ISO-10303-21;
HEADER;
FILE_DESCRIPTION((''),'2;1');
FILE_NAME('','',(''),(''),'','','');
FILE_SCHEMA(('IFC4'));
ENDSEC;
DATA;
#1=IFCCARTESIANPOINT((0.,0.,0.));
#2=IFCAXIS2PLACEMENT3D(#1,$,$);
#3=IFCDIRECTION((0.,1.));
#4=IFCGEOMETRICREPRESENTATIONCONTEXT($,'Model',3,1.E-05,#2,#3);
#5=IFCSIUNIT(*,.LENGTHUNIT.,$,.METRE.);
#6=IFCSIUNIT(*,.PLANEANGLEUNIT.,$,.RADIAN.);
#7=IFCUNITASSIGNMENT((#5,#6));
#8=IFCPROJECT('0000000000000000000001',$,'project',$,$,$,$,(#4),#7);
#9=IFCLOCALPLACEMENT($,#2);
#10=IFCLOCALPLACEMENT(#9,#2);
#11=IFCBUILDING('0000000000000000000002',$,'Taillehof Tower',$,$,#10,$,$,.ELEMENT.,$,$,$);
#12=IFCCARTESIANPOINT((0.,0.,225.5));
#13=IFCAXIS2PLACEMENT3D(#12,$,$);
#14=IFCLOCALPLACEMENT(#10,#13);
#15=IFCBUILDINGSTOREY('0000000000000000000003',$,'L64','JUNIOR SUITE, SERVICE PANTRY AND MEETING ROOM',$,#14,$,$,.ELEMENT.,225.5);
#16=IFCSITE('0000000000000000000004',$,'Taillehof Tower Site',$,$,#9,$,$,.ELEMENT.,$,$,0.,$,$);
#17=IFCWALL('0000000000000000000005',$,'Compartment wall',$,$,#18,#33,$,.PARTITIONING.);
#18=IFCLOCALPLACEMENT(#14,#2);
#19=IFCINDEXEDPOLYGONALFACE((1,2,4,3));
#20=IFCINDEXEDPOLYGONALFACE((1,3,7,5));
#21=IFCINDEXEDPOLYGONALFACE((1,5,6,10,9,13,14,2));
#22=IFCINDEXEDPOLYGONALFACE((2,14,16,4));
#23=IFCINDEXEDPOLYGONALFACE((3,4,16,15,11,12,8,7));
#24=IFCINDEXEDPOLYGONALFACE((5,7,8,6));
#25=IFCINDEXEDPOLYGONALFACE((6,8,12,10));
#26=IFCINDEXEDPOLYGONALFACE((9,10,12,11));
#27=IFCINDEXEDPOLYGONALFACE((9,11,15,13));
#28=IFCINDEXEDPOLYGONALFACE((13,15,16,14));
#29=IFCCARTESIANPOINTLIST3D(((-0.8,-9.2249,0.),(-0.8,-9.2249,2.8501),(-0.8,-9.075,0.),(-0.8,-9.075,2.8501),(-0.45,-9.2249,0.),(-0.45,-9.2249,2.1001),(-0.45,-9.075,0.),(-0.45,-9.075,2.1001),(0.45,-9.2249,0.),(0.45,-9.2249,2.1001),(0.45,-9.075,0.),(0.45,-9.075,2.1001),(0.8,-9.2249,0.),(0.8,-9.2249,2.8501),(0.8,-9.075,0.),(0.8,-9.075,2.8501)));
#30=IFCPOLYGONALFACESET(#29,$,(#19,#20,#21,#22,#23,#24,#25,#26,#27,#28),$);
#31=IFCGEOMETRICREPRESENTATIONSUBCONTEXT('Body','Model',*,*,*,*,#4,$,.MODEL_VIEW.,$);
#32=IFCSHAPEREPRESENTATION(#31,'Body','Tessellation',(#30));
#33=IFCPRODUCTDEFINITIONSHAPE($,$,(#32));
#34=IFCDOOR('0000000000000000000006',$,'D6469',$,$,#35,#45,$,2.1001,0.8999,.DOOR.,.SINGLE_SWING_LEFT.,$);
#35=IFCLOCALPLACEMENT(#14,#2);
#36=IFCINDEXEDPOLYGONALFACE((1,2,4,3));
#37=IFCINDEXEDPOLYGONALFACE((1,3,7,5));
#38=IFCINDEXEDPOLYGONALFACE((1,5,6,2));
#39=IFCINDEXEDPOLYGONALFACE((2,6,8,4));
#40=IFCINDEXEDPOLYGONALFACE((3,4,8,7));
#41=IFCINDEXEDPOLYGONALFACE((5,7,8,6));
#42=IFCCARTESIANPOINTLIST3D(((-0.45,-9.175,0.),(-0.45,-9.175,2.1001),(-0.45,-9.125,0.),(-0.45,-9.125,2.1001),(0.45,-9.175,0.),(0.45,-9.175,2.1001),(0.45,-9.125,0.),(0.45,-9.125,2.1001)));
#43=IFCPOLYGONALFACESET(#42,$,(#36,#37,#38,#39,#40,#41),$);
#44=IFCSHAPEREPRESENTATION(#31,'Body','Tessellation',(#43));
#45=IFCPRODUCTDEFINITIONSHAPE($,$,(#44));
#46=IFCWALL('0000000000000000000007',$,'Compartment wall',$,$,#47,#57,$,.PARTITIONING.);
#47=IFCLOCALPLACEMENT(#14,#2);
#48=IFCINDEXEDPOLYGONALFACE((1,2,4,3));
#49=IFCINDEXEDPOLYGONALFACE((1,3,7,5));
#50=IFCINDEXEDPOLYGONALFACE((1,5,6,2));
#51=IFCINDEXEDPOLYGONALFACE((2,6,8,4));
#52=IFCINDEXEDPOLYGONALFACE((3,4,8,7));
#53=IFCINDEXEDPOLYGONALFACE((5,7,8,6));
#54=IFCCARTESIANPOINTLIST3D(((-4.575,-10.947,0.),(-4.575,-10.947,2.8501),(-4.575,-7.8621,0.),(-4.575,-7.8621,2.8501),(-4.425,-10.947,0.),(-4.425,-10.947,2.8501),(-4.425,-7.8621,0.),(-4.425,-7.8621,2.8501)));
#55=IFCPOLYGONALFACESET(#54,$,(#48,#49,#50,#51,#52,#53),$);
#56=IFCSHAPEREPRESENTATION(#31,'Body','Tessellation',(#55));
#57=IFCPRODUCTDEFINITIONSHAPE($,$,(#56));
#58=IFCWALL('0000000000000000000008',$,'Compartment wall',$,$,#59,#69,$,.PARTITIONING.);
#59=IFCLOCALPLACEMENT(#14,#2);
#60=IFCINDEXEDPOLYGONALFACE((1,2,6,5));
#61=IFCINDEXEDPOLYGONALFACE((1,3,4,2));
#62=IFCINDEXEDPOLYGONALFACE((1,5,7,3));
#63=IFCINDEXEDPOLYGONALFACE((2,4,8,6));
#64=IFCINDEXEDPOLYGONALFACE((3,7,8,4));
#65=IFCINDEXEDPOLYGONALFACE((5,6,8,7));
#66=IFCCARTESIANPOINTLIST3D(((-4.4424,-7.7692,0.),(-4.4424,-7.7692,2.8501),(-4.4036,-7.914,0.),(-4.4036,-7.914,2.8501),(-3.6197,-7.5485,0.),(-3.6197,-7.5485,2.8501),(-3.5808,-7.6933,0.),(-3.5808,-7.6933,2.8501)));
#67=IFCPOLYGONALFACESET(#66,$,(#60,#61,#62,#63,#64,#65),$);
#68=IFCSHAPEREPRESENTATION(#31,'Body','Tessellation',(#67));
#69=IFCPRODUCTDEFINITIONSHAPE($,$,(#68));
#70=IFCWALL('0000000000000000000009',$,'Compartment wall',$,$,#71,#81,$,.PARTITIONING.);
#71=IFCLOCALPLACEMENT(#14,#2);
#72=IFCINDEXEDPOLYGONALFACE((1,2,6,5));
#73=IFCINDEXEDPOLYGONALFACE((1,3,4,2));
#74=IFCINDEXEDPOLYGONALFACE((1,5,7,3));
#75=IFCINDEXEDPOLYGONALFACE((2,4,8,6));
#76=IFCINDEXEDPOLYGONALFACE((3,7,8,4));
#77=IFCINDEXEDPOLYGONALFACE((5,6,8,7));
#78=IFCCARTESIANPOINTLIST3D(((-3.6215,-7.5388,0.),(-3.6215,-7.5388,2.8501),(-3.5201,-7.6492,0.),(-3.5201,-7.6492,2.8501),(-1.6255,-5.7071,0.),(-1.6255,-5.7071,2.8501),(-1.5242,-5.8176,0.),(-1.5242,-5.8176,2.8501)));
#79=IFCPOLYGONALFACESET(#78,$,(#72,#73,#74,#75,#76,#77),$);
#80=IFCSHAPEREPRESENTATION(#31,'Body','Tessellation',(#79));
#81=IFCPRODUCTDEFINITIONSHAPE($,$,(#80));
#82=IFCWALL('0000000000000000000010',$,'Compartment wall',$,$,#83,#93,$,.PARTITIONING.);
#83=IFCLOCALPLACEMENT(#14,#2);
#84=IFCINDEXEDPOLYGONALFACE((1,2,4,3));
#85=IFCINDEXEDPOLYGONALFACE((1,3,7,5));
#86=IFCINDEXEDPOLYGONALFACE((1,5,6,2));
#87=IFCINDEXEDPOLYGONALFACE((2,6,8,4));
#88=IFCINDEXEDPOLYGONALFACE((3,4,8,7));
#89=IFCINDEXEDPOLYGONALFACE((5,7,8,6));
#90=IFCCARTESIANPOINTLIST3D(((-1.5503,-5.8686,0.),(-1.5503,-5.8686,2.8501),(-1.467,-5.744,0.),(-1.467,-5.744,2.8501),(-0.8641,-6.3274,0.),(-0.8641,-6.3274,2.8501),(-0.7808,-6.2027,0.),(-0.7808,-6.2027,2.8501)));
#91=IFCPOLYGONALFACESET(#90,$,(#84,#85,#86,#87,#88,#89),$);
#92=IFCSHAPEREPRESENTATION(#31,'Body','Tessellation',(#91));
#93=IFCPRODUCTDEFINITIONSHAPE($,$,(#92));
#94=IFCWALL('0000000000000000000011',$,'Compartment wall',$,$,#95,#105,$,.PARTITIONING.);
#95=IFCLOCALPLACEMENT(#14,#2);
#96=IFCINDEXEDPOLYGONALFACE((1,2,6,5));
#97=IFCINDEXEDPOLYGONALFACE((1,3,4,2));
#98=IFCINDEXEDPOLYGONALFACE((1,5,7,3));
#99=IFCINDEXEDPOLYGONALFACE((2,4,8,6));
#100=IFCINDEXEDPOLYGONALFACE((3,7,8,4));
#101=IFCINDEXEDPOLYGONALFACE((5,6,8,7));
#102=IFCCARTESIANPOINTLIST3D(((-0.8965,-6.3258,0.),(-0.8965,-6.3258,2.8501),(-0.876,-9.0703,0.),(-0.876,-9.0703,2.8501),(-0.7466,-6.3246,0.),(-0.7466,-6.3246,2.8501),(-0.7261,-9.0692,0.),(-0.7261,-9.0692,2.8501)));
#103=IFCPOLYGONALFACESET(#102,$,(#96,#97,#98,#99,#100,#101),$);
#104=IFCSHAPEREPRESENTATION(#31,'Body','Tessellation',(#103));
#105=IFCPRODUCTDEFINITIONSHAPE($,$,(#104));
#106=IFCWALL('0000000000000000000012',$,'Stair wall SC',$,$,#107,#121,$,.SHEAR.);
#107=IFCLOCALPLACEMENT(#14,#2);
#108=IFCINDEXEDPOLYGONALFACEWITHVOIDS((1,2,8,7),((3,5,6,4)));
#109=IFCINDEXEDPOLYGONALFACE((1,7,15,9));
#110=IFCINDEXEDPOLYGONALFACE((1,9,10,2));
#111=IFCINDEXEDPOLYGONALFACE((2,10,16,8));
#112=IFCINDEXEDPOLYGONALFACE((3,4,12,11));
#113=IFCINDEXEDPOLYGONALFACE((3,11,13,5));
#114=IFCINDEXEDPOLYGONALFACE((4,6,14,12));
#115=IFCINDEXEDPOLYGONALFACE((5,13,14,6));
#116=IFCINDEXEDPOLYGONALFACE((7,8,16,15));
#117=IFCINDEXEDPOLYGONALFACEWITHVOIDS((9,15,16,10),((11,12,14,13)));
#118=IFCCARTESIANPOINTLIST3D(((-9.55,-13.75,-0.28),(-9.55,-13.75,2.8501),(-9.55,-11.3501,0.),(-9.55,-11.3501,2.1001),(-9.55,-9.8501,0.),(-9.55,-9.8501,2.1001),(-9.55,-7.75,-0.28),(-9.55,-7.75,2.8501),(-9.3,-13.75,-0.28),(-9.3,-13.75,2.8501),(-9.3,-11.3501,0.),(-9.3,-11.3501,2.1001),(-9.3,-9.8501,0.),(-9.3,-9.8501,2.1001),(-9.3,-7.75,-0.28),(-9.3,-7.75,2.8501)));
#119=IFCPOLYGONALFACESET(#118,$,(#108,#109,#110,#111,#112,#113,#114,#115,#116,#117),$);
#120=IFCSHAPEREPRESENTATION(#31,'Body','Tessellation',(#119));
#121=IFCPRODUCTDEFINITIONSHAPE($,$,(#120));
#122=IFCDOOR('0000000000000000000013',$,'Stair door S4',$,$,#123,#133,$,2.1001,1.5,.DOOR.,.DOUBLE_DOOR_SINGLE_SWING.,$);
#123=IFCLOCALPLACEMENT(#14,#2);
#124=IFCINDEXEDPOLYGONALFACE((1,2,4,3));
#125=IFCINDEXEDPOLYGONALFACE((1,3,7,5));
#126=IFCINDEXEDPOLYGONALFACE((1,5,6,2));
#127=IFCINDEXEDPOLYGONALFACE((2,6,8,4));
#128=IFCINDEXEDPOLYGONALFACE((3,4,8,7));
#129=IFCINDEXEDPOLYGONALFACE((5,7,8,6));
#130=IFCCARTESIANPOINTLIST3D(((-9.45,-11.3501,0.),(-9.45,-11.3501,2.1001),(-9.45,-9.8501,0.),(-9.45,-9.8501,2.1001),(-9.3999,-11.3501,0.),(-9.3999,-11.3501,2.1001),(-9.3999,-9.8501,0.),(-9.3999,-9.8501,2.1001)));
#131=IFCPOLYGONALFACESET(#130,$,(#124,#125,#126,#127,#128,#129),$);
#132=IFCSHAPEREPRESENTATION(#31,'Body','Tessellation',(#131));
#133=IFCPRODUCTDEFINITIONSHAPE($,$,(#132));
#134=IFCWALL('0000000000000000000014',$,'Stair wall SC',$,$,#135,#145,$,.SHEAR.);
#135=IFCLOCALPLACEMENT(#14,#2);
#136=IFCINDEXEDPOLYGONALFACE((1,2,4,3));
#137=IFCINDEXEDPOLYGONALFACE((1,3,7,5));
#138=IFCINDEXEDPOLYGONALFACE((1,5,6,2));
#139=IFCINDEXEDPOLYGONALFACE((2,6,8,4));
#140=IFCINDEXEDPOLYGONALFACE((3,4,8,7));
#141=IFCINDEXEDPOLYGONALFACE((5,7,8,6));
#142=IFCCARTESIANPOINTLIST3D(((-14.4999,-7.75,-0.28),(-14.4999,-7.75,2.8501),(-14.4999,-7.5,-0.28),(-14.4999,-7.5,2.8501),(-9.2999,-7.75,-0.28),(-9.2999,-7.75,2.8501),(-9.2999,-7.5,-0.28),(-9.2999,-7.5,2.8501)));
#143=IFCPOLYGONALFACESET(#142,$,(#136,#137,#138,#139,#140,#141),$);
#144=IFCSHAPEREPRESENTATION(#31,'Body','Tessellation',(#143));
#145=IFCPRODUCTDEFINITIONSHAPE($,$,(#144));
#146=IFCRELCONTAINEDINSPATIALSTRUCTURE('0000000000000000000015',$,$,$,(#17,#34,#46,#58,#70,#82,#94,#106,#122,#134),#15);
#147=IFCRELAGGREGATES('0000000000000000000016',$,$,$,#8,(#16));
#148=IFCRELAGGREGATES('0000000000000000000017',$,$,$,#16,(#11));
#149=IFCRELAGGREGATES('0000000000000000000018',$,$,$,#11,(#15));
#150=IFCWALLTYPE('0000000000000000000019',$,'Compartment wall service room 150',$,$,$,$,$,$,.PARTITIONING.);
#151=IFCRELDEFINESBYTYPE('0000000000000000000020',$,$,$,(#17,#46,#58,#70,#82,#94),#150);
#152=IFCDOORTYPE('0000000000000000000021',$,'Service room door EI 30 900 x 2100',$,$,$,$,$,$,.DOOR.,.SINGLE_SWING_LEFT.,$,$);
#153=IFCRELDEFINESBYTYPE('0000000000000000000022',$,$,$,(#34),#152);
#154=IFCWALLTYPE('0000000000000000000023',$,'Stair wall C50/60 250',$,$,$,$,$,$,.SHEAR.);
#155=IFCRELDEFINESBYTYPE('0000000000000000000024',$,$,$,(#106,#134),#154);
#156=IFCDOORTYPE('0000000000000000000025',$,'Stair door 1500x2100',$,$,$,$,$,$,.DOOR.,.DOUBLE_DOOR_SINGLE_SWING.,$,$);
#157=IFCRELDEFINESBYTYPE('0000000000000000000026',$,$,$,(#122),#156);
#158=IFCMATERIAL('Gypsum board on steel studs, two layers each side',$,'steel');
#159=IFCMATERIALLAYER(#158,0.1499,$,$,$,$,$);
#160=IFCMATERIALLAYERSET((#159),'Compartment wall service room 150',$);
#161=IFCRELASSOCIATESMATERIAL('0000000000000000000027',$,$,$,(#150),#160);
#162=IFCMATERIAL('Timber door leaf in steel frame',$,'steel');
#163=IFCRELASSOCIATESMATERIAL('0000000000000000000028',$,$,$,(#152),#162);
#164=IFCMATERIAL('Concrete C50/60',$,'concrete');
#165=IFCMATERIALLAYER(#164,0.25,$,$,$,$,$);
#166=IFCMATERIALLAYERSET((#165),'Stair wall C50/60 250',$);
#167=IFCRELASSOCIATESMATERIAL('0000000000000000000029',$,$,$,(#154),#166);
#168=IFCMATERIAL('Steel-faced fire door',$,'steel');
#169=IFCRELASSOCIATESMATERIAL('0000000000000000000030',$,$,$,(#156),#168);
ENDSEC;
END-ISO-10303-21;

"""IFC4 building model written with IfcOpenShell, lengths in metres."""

from ifc_helpers import new_model, si_unit, direction, frame, frame_2d, origin, place, context, subcontext, project, spatial, rectangle, extrude, material, layer, layer_set, type_object, element, fill, save


model = new_model("IFC4")

# Units and contexts
model_context = context("Model", 3, precision=1e-05, world=origin(), true_north=direction((0.0, 1.0)))
body_context = subcontext(model_context, "Body", "Model", "MODEL_VIEW")
ifc_project = project(units=[si_unit("LENGTHUNIT", "METRE"), si_unit("PLANEANGLEUNIT", "RADIAN")], contexts=[model_context])

# Site, building, storey
site_placement = place(None, origin())
site = spatial("IfcSite", under=ifc_project, at=site_placement, Name="Taillehof Tower Site", CompositionType="ELEMENT", RefElevation=0.0)
building_placement = place(site_placement, origin())
building = spatial("IfcBuilding", under=site, at=building_placement, Name="Taillehof Tower", CompositionType="ELEMENT")
storey_placement = place(building_placement, frame((0.0, 0.0, 225.5)))
storey = spatial("IfcBuildingStorey", under=building, at=storey_placement, Name="L64", Description="JUNIOR SUITE, SERVICE PANTRY AND MEETING ROOM", CompositionType="ELEMENT", Elevation=225.5)

# Wall, opening, door
ifc_material_1 = material(Name="Gypsum board on steel studs, two layers each side", Category="steel")
ifc_layer_1 = layer(ifc_material_1, 0.1499)
ifc_layer_set_1 = layer_set([ifc_layer_1], Name="Compartment wall service room 150")
wall_type_1 = type_object("IfcWallType", Name="Compartment wall service room 150", PredefinedType="PARTITIONING", material=ifc_layer_set_1)
wall_1_placement = place(storey_placement, frame((-0.8, -9.1499, 0.0), z_axis=(0.0, 0.0, 1.0), x_axis=(1.0, 0.0, 0.0)))
wall_1 = element("IfcWall", 1, at=wall_1_placement, inside=storey, type_object=wall_type_1, Name="Compartment wall", PredefinedType="PARTITIONING", context=body_context, shape_type="SweptSolid", body=[
    extrude(rectangle(XDim=1.6001, YDim=0.1499, at=frame_2d((0.8, 0.0))), origin(), (0.0, 0.0, 1.0), 2.8501),
])
opening_1_placement = place(wall_1_placement, frame((0.3501, 0.0, 0.0)))
opening_1 = element("IfcOpeningElement", 2, at=opening_1_placement, cuts=wall_1, PredefinedType="OPENING", context=body_context, shape_type="SweptSolid", body=[
    extrude(rectangle(XDim=0.8999, YDim=2.1001, at=frame_2d((0.45, 1.05))), frame((0.0, 0.085, 0.0), z_axis=(0.0, -1.0, 0.0), x_axis=(1.0, 0.0, 0.0)), (0.0, 0.0, 1.0), 0.1699),
])
ifc_material_2 = material(Name="Timber door leaf in steel frame", Category="steel")
door_type_1 = type_object("IfcDoorType", Name="Service room door EI 30 900 x 2100", OperationType="SINGLE_SWING_LEFT", PredefinedType="DOOR", material=ifc_material_2)
door_1_placement = place(opening_1_placement, origin())
door_1 = element("IfcDoor", 3, at=door_1_placement, inside=storey, type_object=door_type_1, Name="D6469", OperationType="SINGLE_SWING_LEFT", OverallHeight=2.1001, OverallWidth=0.8999, PredefinedType="DOOR", context=body_context, shape_type="SweptSolid", body=[
    extrude(rectangle(XDim=0.8999, YDim=2.1001, at=frame_2d((0.45, 1.05))), frame((0.0, 0.0249, 0.0), z_axis=(0.0, -1.0, 0.0), x_axis=(1.0, 0.0, 0.0)), (0.0, 0.0, 1.0), 0.05),
])
fill(opening_1, door_1)

# Walls
wall_2_placement = place(storey_placement, frame((-4.5, -10.947, 0.0), z_axis=(0.0, 0.0, 1.0), x_axis=(0.0, 1.0, 0.0)))
element("IfcWall", 4, at=wall_2_placement, inside=storey, type_object=wall_type_1, Name="Compartment wall", PredefinedType="PARTITIONING", context=body_context, shape_type="SweptSolid", body=[
    extrude(rectangle(XDim=3.085, YDim=0.1499, at=frame_2d((1.5425, 0.0))), origin(), (0.0, 0.0, 1.0), 2.8501),
])
wall_3_placement = place(storey_placement, frame((-4.4229, -7.8416, 0.0), z_axis=(0.0, 0.0, 1.0), x_axis=(0.965853, 0.259089, 0.0)))
element("IfcWall", 5, at=wall_3_placement, inside=storey, type_object=wall_type_1, Name="Compartment wall", PredefinedType="PARTITIONING", context=body_context, shape_type="SweptSolid", body=[
    extrude(rectangle(XDim=0.8518, YDim=0.1499, at=frame_2d((0.4258, 0.0))), origin(), (0.0, 0.0, 1.0), 2.8501),
])
wall_4_placement = place(storey_placement, frame((-3.5708, -7.594, 0.0), z_axis=(0.0, 0.0, 1.0), x_axis=(0.736784, 0.676129, 0.0)))
element("IfcWall", 6, at=wall_4_placement, inside=storey, type_object=wall_type_1, Name="Compartment wall", PredefinedType="PARTITIONING", context=body_context, shape_type="SweptSolid", body=[
    extrude(rectangle(XDim=2.709, YDim=0.1499, at=frame_2d((1.3545, 0.0))), origin(), (0.0, 0.0, 1.0), 2.8501),
])
wall_5_placement = place(storey_placement, frame((-1.5085, -5.8064, 0.0), z_axis=(0.0, 0.0, 1.0), x_axis=(0.831367, -0.555724, 0.0)))
element("IfcWall", 7, at=wall_5_placement, inside=storey, type_object=wall_type_1, Name="Compartment wall", PredefinedType="PARTITIONING", context=body_context, shape_type="SweptSolid", body=[
    extrude(rectangle(XDim=0.8254, YDim=0.1499, at=frame_2d((0.4126, 0.0))), origin(), (0.0, 0.0, 1.0), 2.8501),
])
wall_6_placement = place(storey_placement, frame((-0.8215, -6.3252, 0.0), z_axis=(0.0, 0.0, 1.0), x_axis=(0.007472, -0.999972, 0.0)))
element("IfcWall", 8, at=wall_6_placement, inside=storey, type_object=wall_type_1, Name="Compartment wall", PredefinedType="PARTITIONING", context=body_context, shape_type="SweptSolid", body=[
    extrude(rectangle(XDim=2.7446, YDim=0.1499, at=frame_2d((1.3723, 0.0))), origin(), (0.0, 0.0, 1.0), 2.8501),
])

# Wall, opening, door
ifc_material_3 = material(Name="Concrete C50/60", Category="concrete")
ifc_layer_2 = layer(ifc_material_3, 0.25)
ifc_layer_set_2 = layer_set([ifc_layer_2], Name="Stair wall C50/60 250")
wall_type_2 = type_object("IfcWallType", Name="Stair wall C50/60 250", PredefinedType="SHEAR", material=ifc_layer_set_2)
wall_7_placement = place(storey_placement, frame((-9.425, -13.75, -0.28), z_axis=(0.0, 0.0, 1.0), x_axis=(0.0, 1.0, 0.0)))
wall_7 = element("IfcWall", 9, at=wall_7_placement, inside=storey, type_object=wall_type_2, Name="Stair wall SC", PredefinedType="SHEAR", context=body_context, shape_type="SweptSolid", body=[
    extrude(rectangle(XDim=6.0, YDim=0.25, at=frame_2d((3.0, 0.0))), origin(), (0.0, 0.0, 1.0), 3.1301),
])
opening_2_placement = place(wall_7_placement, frame((2.3999, 0.0, 0.28)))
opening_2 = element("IfcOpeningElement", 10, at=opening_2_placement, cuts=wall_7, PredefinedType="OPENING", context=body_context, shape_type="SweptSolid", body=[
    extrude(rectangle(XDim=1.5, YDim=2.1001, at=frame_2d((0.75, 1.05))), frame((0.0, 0.135, 0.0), z_axis=(0.0, -1.0, 0.0), x_axis=(1.0, 0.0, 0.0)), (0.0, 0.0, 1.0), 0.27),
])
ifc_material_4 = material(Name="Steel-faced fire door", Category="steel")
door_type_2 = type_object("IfcDoorType", Name="Stair door 1500x2100", OperationType="DOUBLE_DOOR_SINGLE_SWING", PredefinedType="DOOR", material=ifc_material_4)
door_2_placement = place(opening_2_placement, origin())
door_2 = element("IfcDoor", 11, at=door_2_placement, inside=storey, type_object=door_type_2, Name="Stair door S4", OperationType="DOUBLE_DOOR_SINGLE_SWING", OverallHeight=2.1001, OverallWidth=1.5, PredefinedType="DOOR", context=body_context, shape_type="SweptSolid", body=[
    extrude(rectangle(XDim=1.5, YDim=2.1001, at=frame_2d((0.75, 1.05))), frame((0.0, 0.0249, 0.0), z_axis=(0.0, -1.0, 0.0), x_axis=(1.0, 0.0, 0.0)), (0.0, 0.0, 1.0), 0.05),
])
fill(opening_2, door_2)

# Wall
wall_8_placement = place(storey_placement, frame((-14.5, -7.625, -0.28), z_axis=(0.0, 0.0, 1.0), x_axis=(1.0, 0.0, 0.0)))
element("IfcWall", 12, at=wall_8_placement, inside=storey, type_object=wall_type_2, Name="Stair wall SC", PredefinedType="SHEAR", context=body_context, shape_type="SweptSolid", body=[
    extrude(rectangle(XDim=5.2, YDim=0.25, at=frame_2d((2.6001, 0.0))), origin(), (0.0, 0.0, 1.0), 3.1301),
])

save(model, "model.ifc")
